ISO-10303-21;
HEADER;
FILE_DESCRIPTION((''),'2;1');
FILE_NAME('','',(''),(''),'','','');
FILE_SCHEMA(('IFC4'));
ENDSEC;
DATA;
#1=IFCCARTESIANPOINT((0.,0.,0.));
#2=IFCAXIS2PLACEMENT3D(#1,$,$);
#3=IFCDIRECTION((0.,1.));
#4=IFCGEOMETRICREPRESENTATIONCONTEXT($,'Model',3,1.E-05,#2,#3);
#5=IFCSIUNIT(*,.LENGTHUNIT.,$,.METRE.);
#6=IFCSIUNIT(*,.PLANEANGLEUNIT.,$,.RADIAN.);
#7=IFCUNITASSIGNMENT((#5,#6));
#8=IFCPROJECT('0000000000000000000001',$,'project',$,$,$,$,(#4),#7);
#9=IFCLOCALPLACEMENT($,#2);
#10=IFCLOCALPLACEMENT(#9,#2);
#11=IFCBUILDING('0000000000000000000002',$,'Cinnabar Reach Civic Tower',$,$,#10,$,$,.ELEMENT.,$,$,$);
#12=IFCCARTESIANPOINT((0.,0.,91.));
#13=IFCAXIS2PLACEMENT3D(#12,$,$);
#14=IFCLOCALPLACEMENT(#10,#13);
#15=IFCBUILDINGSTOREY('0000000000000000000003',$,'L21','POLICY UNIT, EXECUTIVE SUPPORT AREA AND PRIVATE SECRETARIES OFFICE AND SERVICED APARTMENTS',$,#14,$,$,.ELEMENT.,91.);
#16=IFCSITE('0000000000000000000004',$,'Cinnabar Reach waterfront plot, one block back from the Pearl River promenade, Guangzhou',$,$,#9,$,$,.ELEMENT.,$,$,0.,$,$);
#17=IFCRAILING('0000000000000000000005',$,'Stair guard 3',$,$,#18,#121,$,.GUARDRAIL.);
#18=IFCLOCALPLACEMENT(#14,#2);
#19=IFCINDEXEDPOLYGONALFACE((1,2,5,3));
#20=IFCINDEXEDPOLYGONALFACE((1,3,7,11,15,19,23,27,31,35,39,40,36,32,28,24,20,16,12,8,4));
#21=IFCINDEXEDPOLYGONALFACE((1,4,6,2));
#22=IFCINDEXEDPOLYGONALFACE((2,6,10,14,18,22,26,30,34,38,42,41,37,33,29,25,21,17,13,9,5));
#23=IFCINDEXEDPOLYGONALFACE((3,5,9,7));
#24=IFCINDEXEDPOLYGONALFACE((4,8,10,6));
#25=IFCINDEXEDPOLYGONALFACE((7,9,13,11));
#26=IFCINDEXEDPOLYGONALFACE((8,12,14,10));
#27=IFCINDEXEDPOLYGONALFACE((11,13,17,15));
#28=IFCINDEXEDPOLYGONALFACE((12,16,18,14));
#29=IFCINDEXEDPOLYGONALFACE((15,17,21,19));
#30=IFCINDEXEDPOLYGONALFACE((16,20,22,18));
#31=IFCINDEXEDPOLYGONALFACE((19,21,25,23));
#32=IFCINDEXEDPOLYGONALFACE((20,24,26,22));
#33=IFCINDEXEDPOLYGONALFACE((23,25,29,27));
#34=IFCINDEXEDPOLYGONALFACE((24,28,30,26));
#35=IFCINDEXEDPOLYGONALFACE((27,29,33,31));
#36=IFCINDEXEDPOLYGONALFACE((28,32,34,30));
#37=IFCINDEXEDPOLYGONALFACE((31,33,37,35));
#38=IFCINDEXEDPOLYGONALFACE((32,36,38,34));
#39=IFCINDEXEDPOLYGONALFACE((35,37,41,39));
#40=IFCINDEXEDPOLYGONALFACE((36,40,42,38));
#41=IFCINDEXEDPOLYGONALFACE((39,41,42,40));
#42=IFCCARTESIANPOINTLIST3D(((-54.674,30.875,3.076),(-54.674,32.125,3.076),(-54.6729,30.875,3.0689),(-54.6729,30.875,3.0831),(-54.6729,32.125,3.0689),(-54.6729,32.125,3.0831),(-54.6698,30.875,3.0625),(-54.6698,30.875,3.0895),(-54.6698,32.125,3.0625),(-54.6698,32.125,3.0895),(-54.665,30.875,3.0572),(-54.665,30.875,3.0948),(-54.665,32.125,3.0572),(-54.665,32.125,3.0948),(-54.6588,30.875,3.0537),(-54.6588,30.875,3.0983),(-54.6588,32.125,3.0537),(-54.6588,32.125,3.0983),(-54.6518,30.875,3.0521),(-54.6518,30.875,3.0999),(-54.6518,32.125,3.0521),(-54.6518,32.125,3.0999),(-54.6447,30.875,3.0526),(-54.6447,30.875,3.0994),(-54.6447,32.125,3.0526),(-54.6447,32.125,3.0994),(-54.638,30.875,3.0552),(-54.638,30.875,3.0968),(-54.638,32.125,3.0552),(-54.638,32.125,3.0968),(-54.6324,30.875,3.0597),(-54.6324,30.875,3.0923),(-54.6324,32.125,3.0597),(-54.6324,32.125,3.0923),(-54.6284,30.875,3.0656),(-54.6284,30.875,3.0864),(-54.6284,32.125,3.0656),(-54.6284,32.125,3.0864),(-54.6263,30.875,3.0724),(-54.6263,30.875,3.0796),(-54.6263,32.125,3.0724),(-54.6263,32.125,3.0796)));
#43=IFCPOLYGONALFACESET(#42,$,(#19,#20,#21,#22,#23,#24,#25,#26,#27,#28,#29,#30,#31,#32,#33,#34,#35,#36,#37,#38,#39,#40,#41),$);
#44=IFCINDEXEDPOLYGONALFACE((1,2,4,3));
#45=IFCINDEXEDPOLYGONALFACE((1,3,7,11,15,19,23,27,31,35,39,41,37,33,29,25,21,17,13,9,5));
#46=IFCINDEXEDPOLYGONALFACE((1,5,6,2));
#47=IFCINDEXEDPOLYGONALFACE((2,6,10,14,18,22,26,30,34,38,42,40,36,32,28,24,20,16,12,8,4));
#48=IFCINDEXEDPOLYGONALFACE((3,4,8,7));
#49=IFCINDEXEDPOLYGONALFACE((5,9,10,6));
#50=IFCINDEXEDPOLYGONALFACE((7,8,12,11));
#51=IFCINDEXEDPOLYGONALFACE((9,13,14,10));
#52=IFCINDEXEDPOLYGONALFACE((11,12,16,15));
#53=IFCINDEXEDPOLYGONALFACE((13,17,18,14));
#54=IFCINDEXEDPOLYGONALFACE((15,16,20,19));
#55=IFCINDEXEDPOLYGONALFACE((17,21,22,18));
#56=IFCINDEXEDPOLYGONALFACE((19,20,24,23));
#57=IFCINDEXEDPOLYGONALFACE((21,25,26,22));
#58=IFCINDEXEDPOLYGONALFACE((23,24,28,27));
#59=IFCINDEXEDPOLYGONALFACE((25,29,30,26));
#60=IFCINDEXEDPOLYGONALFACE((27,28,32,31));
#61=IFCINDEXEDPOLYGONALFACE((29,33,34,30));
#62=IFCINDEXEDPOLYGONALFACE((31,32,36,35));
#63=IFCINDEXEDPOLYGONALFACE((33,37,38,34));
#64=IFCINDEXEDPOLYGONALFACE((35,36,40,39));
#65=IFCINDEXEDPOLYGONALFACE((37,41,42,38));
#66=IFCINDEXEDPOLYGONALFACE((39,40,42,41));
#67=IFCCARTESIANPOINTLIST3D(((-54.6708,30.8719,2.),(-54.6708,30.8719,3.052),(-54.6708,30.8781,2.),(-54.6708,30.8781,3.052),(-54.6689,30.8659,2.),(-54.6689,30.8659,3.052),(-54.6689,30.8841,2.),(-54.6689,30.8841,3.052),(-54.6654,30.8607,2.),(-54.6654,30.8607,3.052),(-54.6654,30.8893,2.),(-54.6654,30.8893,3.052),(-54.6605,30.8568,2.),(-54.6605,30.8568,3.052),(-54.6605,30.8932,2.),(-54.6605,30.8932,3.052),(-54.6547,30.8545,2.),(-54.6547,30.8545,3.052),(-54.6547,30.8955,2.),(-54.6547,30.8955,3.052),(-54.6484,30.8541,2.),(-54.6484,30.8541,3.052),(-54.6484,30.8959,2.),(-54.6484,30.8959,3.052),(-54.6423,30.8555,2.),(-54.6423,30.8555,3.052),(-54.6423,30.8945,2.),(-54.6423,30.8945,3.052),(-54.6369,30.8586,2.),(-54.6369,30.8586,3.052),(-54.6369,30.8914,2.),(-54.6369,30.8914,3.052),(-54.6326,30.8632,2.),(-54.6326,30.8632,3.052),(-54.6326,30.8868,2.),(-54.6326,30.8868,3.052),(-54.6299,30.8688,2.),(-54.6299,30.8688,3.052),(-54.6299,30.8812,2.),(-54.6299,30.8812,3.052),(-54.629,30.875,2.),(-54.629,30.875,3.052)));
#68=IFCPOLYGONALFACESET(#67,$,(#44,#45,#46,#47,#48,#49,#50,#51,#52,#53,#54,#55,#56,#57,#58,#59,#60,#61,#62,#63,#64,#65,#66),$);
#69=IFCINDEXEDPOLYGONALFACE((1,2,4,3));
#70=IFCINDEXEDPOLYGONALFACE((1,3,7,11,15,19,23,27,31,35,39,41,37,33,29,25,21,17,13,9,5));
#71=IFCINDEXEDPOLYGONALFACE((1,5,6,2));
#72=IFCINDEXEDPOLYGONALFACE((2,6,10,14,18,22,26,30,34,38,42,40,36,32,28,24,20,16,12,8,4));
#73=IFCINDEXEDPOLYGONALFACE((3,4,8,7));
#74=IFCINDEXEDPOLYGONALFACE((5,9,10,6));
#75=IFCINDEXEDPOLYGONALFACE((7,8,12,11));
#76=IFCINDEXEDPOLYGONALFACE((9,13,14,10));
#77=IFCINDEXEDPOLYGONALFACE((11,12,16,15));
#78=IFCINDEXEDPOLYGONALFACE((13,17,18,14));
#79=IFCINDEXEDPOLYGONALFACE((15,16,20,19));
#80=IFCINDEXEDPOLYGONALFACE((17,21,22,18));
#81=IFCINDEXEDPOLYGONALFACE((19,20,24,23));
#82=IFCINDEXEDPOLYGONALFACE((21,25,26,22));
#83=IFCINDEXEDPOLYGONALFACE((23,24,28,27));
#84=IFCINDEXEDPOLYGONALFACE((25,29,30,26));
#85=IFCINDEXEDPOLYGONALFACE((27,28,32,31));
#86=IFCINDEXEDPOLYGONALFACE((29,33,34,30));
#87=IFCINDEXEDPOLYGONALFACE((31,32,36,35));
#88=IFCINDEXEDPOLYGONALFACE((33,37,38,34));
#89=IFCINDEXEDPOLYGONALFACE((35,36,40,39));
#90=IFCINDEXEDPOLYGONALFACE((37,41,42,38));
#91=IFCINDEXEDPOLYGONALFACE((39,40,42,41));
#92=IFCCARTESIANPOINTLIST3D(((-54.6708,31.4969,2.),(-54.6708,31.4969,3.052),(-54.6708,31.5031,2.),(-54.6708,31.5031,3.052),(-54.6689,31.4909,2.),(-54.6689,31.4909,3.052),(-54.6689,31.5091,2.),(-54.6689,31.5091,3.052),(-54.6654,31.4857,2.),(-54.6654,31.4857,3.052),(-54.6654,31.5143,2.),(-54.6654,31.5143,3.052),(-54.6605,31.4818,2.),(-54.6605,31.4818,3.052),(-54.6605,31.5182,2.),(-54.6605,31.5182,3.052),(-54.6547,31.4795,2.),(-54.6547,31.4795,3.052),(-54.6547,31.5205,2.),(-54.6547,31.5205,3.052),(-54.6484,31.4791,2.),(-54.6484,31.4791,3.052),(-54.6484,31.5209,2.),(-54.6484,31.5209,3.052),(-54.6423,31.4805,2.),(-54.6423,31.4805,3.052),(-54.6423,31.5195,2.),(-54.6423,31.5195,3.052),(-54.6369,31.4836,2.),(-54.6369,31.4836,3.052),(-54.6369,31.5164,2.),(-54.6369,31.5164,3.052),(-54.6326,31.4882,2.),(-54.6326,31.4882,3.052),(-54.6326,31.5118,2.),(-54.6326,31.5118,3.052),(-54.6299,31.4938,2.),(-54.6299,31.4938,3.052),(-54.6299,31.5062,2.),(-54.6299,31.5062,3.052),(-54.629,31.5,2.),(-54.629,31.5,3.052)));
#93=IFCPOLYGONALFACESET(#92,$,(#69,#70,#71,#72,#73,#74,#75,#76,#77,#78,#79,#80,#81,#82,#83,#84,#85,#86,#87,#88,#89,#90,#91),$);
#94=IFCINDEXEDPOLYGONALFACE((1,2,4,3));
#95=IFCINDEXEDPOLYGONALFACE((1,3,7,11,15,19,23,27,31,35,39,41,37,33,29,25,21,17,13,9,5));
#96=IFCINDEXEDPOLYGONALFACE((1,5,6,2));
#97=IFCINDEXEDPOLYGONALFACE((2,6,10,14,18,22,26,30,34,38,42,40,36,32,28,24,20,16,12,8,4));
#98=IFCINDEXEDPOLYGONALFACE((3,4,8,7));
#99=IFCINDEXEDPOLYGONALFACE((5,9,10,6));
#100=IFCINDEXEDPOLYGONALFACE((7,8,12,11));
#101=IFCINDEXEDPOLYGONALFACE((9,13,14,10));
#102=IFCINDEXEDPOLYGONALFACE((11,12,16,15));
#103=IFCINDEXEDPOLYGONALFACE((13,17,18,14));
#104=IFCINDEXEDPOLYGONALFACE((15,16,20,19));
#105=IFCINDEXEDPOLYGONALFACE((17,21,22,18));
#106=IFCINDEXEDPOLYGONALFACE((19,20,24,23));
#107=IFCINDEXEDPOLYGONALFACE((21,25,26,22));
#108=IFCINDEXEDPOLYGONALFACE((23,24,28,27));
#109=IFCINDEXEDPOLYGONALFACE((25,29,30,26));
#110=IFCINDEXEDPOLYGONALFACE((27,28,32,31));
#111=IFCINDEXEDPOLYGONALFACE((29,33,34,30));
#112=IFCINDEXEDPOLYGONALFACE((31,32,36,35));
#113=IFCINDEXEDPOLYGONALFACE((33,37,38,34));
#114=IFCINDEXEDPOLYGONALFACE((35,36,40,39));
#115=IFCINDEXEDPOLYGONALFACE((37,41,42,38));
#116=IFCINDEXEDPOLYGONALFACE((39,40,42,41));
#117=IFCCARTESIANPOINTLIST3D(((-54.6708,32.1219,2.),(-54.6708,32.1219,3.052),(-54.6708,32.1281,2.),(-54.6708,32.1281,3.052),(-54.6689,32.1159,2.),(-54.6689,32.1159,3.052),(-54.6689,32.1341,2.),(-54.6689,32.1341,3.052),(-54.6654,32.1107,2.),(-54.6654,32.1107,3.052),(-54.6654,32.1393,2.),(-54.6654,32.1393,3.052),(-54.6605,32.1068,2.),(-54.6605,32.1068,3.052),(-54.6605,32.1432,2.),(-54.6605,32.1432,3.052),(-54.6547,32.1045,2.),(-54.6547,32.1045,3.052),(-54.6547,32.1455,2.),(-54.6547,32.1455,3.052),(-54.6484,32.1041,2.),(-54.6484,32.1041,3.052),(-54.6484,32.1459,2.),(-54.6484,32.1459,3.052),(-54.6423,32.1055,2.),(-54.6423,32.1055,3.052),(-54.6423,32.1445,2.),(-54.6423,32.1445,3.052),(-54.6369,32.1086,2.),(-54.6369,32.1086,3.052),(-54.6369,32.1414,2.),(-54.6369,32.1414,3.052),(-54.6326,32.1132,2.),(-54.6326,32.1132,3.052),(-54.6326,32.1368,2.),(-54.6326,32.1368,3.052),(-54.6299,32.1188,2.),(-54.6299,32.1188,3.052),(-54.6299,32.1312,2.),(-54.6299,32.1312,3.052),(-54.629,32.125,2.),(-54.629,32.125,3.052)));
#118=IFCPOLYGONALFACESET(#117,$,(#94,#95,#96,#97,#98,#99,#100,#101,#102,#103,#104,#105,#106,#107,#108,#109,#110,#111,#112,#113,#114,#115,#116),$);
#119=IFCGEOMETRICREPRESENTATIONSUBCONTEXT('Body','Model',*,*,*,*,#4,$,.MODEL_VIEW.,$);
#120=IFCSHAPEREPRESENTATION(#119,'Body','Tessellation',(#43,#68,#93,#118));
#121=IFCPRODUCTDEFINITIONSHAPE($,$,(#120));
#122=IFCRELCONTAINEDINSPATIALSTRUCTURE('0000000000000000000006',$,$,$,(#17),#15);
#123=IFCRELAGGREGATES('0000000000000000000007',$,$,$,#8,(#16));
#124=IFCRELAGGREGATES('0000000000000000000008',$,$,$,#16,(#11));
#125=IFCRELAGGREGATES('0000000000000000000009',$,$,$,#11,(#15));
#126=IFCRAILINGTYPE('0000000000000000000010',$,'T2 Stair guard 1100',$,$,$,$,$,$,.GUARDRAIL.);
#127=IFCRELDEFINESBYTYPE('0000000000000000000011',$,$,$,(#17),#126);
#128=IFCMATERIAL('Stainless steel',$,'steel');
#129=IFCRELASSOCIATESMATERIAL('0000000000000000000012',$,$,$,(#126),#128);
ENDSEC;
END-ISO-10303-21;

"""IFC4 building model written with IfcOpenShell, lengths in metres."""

from ifc_helpers import new_model, si_unit, direction, frame, origin, origin_2d, place, context, subcontext, project, spatial, circle, extrude, material, type_object, element, save


model = new_model("IFC4")

# Units and contexts
model_context = context("Model", 3, precision=1e-05, world=origin(), true_north=direction((0.0, 1.0)))
body_context = subcontext(model_context, "Body", "Model", "MODEL_VIEW")
ifc_project = project(units=[si_unit("LENGTHUNIT", "METRE"), si_unit("PLANEANGLEUNIT", "RADIAN")], contexts=[model_context])

# Site, building, storey
site_placement = place(None, origin())
site = spatial("IfcSite", under=ifc_project, at=site_placement, Name="Cinnabar Reach waterfront plot, one block back from the Pearl River promenade, Guangzhou", CompositionType="ELEMENT", RefElevation=0.0)
building_placement = place(site_placement, origin())
building = spatial("IfcBuilding", under=site, at=building_placement, Name="Cinnabar Reach Civic Tower", CompositionType="ELEMENT")
storey_placement = place(building_placement, frame((0.0, 0.0, 91.0)))
storey = spatial("IfcBuildingStorey", under=building, at=storey_placement, Name="L21", Description="POLICY UNIT, EXECUTIVE SUPPORT AREA AND PRIVATE SECRETARIES OFFICE AND SERVICED APARTMENTS", CompositionType="ELEMENT", Elevation=91.0)

# Railing
ifc_material_1 = material(Name="Stainless steel", Category="steel")
railing_type = type_object("IfcRailingType", Name="T2 Stair guard 1100", PredefinedType="GUARDRAIL", material=ifc_material_1)
railing_1_placement = place(storey_placement, frame((-54.65, 30.875, 2.0)))
element("IfcRailing", 1, at=railing_1_placement, inside=storey, type_object=railing_type, Name="Stair guard 3", PredefinedType="GUARDRAIL", context=body_context, shape_type="SweptSolid", body=[
    extrude(circle(Radius=0.024, at=origin_2d()), frame((0.0, 0.0, 1.076), z_axis=(0.0, 1.0, 0.0), x_axis=(-1.0, 0.0, 0.0)), (0.0, 0.0, 1.0), 1.25),
    extrude(circle(Radius=0.021, at=origin_2d()), origin(), (0.0, 0.0, 1.0), 1.052),
    extrude(circle(Radius=0.021, at=origin_2d()), frame((0.0, 0.625, 0.0)), (0.0, 0.0, 1.0), 1.052),
    extrude(circle(Radius=0.021, at=origin_2d()), frame((0.0, 1.25, 0.0)), (0.0, 0.0, 1.0), 1.052),
])

save(model, "model.ifc")
